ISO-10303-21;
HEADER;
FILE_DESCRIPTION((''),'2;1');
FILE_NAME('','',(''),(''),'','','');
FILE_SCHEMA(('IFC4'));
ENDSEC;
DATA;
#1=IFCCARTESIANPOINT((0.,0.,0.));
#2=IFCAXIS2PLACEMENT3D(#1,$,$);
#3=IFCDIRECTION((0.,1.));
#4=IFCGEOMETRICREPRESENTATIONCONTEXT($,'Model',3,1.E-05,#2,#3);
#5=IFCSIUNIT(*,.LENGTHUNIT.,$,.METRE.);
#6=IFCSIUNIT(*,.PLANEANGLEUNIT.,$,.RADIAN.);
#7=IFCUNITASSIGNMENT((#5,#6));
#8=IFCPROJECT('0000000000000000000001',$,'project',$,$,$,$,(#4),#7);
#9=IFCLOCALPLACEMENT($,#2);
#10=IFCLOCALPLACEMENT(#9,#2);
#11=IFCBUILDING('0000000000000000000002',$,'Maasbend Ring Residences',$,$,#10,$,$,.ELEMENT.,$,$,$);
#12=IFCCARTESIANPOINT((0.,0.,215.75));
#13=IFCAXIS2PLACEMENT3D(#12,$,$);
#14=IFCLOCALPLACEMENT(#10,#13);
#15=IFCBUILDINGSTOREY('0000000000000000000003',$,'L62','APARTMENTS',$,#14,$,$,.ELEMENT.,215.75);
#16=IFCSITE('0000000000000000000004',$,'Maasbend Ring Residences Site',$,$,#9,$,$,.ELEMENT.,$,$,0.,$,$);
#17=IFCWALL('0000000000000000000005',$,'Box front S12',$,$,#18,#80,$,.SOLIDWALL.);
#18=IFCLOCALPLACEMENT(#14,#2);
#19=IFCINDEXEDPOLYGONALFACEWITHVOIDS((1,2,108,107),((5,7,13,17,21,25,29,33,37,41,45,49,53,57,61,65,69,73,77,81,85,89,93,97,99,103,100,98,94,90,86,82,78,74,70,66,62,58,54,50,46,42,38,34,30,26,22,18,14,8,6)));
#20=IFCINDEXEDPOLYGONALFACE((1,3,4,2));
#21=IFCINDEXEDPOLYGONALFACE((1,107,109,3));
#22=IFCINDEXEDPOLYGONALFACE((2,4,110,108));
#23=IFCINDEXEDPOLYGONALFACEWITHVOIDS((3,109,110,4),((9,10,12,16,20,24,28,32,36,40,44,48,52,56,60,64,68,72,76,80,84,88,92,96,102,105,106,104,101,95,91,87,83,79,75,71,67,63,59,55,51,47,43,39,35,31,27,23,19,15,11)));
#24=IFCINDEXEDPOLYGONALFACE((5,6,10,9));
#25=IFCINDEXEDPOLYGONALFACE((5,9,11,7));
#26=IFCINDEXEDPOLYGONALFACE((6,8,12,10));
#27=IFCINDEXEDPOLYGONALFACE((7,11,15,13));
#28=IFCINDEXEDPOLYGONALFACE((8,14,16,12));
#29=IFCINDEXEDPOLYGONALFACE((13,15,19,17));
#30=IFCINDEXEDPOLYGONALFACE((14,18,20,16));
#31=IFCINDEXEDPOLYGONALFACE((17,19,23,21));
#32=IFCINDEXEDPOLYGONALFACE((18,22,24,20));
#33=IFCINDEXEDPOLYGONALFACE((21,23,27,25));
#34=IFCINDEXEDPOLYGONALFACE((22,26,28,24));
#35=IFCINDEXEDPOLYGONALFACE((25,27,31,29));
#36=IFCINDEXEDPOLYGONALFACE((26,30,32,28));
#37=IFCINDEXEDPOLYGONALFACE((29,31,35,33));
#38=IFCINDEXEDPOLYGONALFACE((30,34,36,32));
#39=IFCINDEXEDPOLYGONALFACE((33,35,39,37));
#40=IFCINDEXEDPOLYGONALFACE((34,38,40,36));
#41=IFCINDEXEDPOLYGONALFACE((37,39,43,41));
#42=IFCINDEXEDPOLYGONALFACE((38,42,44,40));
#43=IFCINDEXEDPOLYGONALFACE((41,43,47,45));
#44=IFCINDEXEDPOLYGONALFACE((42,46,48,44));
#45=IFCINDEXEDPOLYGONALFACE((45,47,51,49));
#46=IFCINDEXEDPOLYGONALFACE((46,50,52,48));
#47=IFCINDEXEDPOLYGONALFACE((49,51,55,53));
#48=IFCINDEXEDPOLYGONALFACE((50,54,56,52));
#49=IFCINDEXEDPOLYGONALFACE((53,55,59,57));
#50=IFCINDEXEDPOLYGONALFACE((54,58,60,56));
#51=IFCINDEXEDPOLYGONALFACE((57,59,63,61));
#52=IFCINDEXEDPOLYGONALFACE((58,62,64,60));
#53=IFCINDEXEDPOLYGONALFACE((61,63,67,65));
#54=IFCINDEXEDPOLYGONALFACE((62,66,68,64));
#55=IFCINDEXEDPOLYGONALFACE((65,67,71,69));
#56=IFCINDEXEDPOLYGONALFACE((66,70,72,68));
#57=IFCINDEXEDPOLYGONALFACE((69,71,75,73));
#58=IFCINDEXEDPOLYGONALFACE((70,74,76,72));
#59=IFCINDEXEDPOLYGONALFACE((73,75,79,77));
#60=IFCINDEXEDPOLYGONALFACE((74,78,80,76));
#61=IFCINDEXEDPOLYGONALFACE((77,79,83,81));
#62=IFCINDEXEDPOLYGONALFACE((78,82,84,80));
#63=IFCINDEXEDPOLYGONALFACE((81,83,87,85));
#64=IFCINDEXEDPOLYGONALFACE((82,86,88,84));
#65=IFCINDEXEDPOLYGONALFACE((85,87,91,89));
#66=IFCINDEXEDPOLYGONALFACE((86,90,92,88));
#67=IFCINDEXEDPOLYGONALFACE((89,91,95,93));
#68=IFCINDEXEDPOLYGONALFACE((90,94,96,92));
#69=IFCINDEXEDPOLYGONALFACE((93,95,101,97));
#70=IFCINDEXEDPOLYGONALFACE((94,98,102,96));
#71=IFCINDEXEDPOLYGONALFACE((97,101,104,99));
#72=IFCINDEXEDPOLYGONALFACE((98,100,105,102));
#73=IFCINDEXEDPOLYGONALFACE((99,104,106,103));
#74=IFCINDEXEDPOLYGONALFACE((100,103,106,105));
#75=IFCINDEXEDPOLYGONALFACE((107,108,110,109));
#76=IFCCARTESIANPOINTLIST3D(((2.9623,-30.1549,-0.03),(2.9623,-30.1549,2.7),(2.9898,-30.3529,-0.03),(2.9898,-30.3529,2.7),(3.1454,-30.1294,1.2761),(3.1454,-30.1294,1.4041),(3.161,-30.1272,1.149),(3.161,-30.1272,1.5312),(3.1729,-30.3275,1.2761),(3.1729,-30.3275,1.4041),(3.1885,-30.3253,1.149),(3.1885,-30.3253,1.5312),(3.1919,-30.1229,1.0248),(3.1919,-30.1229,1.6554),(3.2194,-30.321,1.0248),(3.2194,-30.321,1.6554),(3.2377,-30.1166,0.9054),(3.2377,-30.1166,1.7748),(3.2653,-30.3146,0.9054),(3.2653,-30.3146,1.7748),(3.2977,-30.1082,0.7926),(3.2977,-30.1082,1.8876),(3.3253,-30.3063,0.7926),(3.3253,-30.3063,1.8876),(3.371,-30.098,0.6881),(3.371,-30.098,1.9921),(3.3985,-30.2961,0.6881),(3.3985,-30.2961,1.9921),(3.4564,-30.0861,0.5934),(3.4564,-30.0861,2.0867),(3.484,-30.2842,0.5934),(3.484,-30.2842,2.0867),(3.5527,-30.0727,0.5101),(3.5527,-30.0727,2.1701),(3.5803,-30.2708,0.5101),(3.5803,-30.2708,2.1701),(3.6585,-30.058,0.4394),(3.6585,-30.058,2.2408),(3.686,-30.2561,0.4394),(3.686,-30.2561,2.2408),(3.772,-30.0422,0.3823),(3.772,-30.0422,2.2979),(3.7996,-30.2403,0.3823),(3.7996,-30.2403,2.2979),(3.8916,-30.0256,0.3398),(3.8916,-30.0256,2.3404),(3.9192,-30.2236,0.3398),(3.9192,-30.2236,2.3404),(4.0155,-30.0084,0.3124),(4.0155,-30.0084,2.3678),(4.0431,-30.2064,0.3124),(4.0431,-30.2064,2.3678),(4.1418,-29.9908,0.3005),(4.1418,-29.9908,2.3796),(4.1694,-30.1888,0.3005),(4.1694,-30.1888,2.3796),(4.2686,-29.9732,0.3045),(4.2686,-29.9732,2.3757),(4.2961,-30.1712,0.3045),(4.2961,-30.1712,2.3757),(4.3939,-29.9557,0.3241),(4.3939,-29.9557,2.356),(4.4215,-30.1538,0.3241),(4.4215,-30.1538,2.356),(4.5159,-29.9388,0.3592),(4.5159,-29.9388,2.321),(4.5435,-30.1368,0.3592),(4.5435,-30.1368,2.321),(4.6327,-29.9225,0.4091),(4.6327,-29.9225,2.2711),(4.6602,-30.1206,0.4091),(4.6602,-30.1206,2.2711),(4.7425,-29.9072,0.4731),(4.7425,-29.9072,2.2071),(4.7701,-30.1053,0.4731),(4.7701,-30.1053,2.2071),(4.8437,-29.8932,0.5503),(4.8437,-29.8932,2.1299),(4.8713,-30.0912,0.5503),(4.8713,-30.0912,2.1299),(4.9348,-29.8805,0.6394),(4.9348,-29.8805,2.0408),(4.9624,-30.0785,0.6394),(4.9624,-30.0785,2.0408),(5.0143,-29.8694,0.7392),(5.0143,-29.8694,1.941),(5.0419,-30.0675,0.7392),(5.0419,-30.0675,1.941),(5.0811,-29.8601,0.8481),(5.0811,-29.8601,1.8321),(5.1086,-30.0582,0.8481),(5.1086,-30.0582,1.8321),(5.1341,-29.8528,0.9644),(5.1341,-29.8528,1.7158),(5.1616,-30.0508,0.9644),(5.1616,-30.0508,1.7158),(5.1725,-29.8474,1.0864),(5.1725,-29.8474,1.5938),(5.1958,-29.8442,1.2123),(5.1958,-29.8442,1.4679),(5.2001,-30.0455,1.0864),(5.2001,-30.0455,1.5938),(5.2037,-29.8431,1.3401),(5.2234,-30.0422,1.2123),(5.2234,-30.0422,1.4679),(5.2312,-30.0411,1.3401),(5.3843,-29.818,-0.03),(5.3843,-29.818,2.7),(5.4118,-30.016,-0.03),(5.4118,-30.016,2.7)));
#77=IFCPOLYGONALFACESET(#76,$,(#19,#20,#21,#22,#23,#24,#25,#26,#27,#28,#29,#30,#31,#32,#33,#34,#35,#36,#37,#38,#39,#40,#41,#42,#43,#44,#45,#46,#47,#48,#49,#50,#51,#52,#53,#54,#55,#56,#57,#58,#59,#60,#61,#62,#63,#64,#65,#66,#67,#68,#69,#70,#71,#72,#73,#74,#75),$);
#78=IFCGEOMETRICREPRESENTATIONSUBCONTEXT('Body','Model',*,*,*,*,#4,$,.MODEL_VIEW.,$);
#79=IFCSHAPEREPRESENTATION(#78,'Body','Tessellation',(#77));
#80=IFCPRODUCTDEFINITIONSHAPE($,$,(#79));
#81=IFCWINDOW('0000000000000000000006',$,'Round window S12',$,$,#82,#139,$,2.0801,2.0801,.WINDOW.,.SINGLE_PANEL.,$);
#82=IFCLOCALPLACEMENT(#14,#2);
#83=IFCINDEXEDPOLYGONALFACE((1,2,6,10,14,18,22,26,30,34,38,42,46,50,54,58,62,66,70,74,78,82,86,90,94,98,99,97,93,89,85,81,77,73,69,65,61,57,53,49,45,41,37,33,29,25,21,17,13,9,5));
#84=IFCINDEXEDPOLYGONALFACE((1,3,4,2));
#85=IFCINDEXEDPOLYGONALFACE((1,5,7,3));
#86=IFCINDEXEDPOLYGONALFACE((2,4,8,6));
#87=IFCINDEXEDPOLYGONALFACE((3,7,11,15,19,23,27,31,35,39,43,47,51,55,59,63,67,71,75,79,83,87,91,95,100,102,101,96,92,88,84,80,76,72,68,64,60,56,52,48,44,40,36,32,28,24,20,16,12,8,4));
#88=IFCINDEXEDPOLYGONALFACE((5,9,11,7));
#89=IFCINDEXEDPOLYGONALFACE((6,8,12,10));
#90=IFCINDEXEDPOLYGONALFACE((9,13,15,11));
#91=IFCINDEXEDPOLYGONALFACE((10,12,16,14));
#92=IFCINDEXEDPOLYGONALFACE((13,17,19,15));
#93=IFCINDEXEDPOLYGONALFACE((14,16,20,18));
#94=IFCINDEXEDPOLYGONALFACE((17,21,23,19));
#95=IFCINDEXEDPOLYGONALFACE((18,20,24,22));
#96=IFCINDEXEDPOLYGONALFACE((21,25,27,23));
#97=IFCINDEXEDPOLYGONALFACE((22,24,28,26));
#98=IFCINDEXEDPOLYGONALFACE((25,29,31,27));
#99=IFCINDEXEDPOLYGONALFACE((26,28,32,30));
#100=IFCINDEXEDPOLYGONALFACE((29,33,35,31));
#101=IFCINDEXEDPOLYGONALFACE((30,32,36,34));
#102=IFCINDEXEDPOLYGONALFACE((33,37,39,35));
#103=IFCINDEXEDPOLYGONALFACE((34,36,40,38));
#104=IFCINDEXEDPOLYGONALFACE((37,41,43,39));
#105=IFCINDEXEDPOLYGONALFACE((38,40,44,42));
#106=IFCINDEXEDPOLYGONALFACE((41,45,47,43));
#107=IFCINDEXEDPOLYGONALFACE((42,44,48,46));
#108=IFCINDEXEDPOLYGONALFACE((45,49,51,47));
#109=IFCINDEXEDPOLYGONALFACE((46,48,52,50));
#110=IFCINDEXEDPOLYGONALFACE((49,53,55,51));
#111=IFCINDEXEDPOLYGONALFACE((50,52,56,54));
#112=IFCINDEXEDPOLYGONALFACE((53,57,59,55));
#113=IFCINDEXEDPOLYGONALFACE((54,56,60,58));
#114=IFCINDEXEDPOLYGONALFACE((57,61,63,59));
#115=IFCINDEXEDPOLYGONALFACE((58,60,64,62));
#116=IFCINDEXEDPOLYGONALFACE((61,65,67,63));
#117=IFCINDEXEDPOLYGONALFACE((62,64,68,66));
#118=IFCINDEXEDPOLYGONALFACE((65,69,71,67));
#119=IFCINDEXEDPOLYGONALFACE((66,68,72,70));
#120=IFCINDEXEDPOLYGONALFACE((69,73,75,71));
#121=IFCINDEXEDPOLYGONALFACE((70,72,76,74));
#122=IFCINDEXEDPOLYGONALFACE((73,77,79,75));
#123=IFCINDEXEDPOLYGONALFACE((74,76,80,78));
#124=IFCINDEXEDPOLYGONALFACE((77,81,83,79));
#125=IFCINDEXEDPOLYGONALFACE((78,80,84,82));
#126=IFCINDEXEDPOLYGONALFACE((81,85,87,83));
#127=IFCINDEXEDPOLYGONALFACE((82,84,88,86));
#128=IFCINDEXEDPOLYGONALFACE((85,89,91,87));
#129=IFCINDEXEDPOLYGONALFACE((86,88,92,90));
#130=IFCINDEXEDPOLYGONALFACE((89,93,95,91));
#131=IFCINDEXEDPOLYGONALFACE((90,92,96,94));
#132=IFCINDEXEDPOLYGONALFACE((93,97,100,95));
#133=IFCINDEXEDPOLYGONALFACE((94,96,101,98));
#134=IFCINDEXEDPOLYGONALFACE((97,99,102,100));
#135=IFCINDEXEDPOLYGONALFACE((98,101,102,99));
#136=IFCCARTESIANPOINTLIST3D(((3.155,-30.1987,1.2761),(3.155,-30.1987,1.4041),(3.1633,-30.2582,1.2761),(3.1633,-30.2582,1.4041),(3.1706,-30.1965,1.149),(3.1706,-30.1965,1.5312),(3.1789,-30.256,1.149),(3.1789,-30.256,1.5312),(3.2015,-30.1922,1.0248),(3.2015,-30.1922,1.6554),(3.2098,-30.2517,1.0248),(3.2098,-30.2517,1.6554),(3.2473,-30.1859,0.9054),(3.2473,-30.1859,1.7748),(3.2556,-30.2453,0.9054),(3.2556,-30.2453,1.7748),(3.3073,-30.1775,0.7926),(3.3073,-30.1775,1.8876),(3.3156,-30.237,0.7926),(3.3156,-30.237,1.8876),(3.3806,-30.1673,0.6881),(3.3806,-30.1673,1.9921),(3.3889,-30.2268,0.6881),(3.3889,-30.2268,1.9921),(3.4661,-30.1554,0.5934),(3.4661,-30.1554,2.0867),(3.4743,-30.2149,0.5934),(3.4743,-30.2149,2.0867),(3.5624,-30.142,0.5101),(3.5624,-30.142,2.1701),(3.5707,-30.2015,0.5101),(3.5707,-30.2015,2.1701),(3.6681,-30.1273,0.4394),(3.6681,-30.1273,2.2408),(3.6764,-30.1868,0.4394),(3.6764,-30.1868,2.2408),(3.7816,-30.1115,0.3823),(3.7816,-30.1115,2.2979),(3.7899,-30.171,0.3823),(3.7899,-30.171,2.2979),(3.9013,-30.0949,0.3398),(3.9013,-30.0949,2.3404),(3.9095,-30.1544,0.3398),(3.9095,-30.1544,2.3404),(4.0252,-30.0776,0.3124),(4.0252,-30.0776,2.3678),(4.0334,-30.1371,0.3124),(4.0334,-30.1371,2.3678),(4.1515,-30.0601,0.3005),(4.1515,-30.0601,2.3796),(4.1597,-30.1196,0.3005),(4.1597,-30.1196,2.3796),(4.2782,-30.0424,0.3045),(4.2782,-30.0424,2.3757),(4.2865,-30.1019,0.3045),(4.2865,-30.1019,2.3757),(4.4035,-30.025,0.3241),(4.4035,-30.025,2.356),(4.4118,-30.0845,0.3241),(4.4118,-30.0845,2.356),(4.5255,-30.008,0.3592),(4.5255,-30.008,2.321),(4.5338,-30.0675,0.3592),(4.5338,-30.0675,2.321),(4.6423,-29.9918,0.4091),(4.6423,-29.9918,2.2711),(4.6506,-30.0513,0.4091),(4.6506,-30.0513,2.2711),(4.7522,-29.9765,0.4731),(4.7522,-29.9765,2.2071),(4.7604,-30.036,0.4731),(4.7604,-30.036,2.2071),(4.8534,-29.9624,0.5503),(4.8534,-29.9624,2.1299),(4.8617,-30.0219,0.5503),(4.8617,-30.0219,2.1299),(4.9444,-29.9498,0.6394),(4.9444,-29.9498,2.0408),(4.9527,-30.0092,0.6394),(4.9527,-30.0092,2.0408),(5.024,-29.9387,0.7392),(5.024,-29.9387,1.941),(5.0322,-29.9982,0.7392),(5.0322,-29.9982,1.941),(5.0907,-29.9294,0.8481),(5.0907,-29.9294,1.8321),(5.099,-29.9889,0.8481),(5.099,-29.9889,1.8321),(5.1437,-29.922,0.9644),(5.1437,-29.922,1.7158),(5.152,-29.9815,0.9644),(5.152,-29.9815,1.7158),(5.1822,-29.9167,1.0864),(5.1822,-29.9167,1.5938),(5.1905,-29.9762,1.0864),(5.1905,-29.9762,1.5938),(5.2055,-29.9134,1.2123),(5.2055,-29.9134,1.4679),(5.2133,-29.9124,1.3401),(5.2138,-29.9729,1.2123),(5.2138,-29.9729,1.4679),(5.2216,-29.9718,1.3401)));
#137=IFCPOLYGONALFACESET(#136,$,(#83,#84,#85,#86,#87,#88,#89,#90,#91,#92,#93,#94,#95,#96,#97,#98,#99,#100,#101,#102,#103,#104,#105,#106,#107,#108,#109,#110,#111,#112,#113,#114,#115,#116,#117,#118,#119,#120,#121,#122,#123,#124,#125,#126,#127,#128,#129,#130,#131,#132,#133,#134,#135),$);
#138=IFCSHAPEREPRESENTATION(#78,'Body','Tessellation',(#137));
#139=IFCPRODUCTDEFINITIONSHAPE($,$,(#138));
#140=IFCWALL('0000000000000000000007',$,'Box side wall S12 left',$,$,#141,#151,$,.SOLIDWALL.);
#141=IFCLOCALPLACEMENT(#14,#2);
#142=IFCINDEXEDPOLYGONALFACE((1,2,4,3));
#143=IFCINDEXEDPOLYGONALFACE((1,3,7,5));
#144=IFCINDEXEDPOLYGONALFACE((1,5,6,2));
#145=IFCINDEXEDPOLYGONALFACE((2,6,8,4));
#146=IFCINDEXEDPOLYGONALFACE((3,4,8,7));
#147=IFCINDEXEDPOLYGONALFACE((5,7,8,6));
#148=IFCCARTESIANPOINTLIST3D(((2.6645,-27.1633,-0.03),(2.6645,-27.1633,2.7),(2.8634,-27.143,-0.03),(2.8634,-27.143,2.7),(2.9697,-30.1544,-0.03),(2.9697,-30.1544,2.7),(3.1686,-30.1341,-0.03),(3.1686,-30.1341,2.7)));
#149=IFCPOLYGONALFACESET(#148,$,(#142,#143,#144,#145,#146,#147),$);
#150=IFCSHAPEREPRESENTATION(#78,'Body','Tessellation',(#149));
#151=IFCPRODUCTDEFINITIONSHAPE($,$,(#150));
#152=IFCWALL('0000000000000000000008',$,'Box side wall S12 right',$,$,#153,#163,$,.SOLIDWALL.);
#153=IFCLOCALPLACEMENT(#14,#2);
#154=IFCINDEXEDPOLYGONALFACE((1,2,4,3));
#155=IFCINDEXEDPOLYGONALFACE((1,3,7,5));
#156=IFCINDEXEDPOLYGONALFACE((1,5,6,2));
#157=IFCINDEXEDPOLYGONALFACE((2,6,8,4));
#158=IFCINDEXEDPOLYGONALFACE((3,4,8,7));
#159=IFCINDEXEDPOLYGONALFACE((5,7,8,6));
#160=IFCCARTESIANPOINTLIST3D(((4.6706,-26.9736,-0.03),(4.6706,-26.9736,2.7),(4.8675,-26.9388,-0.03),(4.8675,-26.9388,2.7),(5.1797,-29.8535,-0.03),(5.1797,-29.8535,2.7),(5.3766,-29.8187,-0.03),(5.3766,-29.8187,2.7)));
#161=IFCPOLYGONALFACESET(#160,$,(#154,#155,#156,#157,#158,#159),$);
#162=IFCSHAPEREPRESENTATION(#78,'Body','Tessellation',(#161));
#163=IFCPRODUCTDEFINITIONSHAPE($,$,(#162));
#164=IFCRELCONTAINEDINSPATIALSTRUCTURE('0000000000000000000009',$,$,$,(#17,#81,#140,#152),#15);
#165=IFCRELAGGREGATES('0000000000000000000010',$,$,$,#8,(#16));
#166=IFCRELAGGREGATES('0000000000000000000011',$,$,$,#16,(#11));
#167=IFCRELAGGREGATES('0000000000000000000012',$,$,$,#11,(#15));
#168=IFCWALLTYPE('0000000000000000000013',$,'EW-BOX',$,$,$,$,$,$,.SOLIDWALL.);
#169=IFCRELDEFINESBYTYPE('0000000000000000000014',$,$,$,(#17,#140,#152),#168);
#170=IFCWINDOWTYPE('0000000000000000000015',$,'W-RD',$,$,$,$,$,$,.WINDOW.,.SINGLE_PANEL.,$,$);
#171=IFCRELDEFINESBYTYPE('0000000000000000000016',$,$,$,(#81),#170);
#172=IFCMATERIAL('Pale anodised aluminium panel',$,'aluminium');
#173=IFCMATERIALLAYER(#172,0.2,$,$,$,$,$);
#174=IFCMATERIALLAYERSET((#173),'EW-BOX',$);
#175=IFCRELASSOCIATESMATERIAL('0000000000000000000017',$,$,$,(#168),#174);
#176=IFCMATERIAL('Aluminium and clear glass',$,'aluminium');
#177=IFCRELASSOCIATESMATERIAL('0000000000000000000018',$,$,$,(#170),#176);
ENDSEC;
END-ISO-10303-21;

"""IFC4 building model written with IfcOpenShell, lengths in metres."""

from ifc_helpers import new_model, si_unit, direction, frame, frame_2d, origin, place, context, subcontext, project, spatial, rectangle, circle, extrude, material, layer, layer_set, type_object, element, fill, save


model = new_model("IFC4")

# Units and contexts
model_context = context("Model", 3, precision=1e-05, world=origin(), true_north=direction((0.0, 1.0)))
body_context = subcontext(model_context, "Body", "Model", "MODEL_VIEW")
ifc_project = project(units=[si_unit("LENGTHUNIT", "METRE"), si_unit("PLANEANGLEUNIT", "RADIAN")], contexts=[model_context])

# Site, building, storey
site_placement = place(None, origin())
site = spatial("IfcSite", under=ifc_project, at=site_placement, Name="Maasbend Ring Residences Site", CompositionType="ELEMENT", RefElevation=0.0)
building_placement = place(site_placement, origin())
building = spatial("IfcBuilding", under=site, at=building_placement, Name="Maasbend Ring Residences", CompositionType="ELEMENT")
storey_placement = place(building_placement, frame((0.0, 0.0, 215.75)))
storey = spatial("IfcBuildingStorey", under=building, at=storey_placement, Name="L62", Description="APARTMENTS", CompositionType="ELEMENT", Elevation=215.75)

# Wall, opening, window
ifc_material_1 = material(Name="Pale anodised aluminium panel", Category="aluminium")
ifc_layer_1 = layer(ifc_material_1, 0.2)
ifc_layer_set_1 = layer_set([ifc_layer_1], Name="EW-BOX")
wall_type_1 = type_object("IfcWallType", Name="EW-BOX", PredefinedType="SOLIDWALL", material=ifc_layer_set_1)
wall_1_placement = place(storey_placement, frame((2.9761, -30.2539, -0.03), z_axis=(0.0, 0.0, 1.0), x_axis=(0.990462, 0.137786, 0.0)))
wall_1 = element("IfcWall", 1, at=wall_1_placement, inside=storey, type_object=wall_type_1, Name="Box front S12", PredefinedType="SOLIDWALL", context=body_context, shape_type="SweptSolid", body=[
    extrude(rectangle(XDim=2.4453, YDim=0.2, at=frame_2d((1.2227, 0.0))), origin(), (0.0, 0.0, 1.0), 2.73),
])
opening_1_placement = place(wall_1_placement, frame((0.1829, 0.0, 0.3301)))
opening_1 = element("IfcOpeningElement", 2, at=opening_1_placement, cuts=wall_1, PredefinedType="OPENING", context=body_context, shape_type="SweptSolid", body=[
    extrude(circle(Radius=1.04, at=frame_2d((1.04, 1.04))), frame((0.0, 0.1099, 0.0), z_axis=(0.0, -1.0, 0.0), x_axis=(1.0, 0.0, 0.0)), (0.0, 0.0, 1.0), 0.22),
])
ifc_material_2 = material(Name="Aluminium and clear glass", Category="aluminium")
window_type_1 = type_object("IfcWindowType", Name="W-RD", PartitioningType="SINGLE_PANEL", PredefinedType="WINDOW", material=ifc_material_2)
window_1_placement = place(opening_1_placement, origin())
window_1 = element("IfcWindow", 3, at=window_1_placement, inside=storey, type_object=window_type_1, Name="Round window S12", OverallHeight=2.0801, OverallWidth=2.0801, PartitioningType="SINGLE_PANEL", PredefinedType="WINDOW", context=body_context, shape_type="SweptSolid", body=[
    extrude(circle(Radius=1.04, at=frame_2d((1.04, 1.04))), frame((0.0, 0.03, 0.0), z_axis=(0.0, -1.0, 0.0), x_axis=(1.0, 0.0, 0.0)), (0.0, 0.0, 1.0), 0.0601),
])
fill(opening_1, window_1)

# Walls
wall_2_placement = place(storey_placement, frame((2.7639, -27.1531, -0.03), z_axis=(0.0, 0.0, 1.0), x_axis=(0.101505, -0.994835, 0.0)))
element("IfcWall", 4, at=wall_2_placement, inside=storey, type_object=wall_type_1, Name="Box side wall S12 left", PredefinedType="SOLIDWALL", context=body_context, shape_type="SweptSolid", body=[
    extrude(rectangle(XDim=3.0066, YDim=0.2, at=frame_2d((1.5034, 0.0))), origin(), (0.0, 0.0, 1.0), 2.73),
])
wall_3_placement = place(storey_placement, frame((4.769, -26.9561, -0.03), z_axis=(0.0, 0.0, 1.0), x_axis=(0.174057, -0.984736, 0.0)))
element("IfcWall", 5, at=wall_3_placement, inside=storey, type_object=wall_type_1, Name="Box side wall S12 right", PredefinedType="SOLIDWALL", context=body_context, shape_type="SweptSolid", body=[
    extrude(rectangle(XDim=2.9246, YDim=0.2, at=frame_2d((1.4624, 0.0))), origin(), (0.0, 0.0, 1.0), 2.73),
])

save(model, "model.ifc")
